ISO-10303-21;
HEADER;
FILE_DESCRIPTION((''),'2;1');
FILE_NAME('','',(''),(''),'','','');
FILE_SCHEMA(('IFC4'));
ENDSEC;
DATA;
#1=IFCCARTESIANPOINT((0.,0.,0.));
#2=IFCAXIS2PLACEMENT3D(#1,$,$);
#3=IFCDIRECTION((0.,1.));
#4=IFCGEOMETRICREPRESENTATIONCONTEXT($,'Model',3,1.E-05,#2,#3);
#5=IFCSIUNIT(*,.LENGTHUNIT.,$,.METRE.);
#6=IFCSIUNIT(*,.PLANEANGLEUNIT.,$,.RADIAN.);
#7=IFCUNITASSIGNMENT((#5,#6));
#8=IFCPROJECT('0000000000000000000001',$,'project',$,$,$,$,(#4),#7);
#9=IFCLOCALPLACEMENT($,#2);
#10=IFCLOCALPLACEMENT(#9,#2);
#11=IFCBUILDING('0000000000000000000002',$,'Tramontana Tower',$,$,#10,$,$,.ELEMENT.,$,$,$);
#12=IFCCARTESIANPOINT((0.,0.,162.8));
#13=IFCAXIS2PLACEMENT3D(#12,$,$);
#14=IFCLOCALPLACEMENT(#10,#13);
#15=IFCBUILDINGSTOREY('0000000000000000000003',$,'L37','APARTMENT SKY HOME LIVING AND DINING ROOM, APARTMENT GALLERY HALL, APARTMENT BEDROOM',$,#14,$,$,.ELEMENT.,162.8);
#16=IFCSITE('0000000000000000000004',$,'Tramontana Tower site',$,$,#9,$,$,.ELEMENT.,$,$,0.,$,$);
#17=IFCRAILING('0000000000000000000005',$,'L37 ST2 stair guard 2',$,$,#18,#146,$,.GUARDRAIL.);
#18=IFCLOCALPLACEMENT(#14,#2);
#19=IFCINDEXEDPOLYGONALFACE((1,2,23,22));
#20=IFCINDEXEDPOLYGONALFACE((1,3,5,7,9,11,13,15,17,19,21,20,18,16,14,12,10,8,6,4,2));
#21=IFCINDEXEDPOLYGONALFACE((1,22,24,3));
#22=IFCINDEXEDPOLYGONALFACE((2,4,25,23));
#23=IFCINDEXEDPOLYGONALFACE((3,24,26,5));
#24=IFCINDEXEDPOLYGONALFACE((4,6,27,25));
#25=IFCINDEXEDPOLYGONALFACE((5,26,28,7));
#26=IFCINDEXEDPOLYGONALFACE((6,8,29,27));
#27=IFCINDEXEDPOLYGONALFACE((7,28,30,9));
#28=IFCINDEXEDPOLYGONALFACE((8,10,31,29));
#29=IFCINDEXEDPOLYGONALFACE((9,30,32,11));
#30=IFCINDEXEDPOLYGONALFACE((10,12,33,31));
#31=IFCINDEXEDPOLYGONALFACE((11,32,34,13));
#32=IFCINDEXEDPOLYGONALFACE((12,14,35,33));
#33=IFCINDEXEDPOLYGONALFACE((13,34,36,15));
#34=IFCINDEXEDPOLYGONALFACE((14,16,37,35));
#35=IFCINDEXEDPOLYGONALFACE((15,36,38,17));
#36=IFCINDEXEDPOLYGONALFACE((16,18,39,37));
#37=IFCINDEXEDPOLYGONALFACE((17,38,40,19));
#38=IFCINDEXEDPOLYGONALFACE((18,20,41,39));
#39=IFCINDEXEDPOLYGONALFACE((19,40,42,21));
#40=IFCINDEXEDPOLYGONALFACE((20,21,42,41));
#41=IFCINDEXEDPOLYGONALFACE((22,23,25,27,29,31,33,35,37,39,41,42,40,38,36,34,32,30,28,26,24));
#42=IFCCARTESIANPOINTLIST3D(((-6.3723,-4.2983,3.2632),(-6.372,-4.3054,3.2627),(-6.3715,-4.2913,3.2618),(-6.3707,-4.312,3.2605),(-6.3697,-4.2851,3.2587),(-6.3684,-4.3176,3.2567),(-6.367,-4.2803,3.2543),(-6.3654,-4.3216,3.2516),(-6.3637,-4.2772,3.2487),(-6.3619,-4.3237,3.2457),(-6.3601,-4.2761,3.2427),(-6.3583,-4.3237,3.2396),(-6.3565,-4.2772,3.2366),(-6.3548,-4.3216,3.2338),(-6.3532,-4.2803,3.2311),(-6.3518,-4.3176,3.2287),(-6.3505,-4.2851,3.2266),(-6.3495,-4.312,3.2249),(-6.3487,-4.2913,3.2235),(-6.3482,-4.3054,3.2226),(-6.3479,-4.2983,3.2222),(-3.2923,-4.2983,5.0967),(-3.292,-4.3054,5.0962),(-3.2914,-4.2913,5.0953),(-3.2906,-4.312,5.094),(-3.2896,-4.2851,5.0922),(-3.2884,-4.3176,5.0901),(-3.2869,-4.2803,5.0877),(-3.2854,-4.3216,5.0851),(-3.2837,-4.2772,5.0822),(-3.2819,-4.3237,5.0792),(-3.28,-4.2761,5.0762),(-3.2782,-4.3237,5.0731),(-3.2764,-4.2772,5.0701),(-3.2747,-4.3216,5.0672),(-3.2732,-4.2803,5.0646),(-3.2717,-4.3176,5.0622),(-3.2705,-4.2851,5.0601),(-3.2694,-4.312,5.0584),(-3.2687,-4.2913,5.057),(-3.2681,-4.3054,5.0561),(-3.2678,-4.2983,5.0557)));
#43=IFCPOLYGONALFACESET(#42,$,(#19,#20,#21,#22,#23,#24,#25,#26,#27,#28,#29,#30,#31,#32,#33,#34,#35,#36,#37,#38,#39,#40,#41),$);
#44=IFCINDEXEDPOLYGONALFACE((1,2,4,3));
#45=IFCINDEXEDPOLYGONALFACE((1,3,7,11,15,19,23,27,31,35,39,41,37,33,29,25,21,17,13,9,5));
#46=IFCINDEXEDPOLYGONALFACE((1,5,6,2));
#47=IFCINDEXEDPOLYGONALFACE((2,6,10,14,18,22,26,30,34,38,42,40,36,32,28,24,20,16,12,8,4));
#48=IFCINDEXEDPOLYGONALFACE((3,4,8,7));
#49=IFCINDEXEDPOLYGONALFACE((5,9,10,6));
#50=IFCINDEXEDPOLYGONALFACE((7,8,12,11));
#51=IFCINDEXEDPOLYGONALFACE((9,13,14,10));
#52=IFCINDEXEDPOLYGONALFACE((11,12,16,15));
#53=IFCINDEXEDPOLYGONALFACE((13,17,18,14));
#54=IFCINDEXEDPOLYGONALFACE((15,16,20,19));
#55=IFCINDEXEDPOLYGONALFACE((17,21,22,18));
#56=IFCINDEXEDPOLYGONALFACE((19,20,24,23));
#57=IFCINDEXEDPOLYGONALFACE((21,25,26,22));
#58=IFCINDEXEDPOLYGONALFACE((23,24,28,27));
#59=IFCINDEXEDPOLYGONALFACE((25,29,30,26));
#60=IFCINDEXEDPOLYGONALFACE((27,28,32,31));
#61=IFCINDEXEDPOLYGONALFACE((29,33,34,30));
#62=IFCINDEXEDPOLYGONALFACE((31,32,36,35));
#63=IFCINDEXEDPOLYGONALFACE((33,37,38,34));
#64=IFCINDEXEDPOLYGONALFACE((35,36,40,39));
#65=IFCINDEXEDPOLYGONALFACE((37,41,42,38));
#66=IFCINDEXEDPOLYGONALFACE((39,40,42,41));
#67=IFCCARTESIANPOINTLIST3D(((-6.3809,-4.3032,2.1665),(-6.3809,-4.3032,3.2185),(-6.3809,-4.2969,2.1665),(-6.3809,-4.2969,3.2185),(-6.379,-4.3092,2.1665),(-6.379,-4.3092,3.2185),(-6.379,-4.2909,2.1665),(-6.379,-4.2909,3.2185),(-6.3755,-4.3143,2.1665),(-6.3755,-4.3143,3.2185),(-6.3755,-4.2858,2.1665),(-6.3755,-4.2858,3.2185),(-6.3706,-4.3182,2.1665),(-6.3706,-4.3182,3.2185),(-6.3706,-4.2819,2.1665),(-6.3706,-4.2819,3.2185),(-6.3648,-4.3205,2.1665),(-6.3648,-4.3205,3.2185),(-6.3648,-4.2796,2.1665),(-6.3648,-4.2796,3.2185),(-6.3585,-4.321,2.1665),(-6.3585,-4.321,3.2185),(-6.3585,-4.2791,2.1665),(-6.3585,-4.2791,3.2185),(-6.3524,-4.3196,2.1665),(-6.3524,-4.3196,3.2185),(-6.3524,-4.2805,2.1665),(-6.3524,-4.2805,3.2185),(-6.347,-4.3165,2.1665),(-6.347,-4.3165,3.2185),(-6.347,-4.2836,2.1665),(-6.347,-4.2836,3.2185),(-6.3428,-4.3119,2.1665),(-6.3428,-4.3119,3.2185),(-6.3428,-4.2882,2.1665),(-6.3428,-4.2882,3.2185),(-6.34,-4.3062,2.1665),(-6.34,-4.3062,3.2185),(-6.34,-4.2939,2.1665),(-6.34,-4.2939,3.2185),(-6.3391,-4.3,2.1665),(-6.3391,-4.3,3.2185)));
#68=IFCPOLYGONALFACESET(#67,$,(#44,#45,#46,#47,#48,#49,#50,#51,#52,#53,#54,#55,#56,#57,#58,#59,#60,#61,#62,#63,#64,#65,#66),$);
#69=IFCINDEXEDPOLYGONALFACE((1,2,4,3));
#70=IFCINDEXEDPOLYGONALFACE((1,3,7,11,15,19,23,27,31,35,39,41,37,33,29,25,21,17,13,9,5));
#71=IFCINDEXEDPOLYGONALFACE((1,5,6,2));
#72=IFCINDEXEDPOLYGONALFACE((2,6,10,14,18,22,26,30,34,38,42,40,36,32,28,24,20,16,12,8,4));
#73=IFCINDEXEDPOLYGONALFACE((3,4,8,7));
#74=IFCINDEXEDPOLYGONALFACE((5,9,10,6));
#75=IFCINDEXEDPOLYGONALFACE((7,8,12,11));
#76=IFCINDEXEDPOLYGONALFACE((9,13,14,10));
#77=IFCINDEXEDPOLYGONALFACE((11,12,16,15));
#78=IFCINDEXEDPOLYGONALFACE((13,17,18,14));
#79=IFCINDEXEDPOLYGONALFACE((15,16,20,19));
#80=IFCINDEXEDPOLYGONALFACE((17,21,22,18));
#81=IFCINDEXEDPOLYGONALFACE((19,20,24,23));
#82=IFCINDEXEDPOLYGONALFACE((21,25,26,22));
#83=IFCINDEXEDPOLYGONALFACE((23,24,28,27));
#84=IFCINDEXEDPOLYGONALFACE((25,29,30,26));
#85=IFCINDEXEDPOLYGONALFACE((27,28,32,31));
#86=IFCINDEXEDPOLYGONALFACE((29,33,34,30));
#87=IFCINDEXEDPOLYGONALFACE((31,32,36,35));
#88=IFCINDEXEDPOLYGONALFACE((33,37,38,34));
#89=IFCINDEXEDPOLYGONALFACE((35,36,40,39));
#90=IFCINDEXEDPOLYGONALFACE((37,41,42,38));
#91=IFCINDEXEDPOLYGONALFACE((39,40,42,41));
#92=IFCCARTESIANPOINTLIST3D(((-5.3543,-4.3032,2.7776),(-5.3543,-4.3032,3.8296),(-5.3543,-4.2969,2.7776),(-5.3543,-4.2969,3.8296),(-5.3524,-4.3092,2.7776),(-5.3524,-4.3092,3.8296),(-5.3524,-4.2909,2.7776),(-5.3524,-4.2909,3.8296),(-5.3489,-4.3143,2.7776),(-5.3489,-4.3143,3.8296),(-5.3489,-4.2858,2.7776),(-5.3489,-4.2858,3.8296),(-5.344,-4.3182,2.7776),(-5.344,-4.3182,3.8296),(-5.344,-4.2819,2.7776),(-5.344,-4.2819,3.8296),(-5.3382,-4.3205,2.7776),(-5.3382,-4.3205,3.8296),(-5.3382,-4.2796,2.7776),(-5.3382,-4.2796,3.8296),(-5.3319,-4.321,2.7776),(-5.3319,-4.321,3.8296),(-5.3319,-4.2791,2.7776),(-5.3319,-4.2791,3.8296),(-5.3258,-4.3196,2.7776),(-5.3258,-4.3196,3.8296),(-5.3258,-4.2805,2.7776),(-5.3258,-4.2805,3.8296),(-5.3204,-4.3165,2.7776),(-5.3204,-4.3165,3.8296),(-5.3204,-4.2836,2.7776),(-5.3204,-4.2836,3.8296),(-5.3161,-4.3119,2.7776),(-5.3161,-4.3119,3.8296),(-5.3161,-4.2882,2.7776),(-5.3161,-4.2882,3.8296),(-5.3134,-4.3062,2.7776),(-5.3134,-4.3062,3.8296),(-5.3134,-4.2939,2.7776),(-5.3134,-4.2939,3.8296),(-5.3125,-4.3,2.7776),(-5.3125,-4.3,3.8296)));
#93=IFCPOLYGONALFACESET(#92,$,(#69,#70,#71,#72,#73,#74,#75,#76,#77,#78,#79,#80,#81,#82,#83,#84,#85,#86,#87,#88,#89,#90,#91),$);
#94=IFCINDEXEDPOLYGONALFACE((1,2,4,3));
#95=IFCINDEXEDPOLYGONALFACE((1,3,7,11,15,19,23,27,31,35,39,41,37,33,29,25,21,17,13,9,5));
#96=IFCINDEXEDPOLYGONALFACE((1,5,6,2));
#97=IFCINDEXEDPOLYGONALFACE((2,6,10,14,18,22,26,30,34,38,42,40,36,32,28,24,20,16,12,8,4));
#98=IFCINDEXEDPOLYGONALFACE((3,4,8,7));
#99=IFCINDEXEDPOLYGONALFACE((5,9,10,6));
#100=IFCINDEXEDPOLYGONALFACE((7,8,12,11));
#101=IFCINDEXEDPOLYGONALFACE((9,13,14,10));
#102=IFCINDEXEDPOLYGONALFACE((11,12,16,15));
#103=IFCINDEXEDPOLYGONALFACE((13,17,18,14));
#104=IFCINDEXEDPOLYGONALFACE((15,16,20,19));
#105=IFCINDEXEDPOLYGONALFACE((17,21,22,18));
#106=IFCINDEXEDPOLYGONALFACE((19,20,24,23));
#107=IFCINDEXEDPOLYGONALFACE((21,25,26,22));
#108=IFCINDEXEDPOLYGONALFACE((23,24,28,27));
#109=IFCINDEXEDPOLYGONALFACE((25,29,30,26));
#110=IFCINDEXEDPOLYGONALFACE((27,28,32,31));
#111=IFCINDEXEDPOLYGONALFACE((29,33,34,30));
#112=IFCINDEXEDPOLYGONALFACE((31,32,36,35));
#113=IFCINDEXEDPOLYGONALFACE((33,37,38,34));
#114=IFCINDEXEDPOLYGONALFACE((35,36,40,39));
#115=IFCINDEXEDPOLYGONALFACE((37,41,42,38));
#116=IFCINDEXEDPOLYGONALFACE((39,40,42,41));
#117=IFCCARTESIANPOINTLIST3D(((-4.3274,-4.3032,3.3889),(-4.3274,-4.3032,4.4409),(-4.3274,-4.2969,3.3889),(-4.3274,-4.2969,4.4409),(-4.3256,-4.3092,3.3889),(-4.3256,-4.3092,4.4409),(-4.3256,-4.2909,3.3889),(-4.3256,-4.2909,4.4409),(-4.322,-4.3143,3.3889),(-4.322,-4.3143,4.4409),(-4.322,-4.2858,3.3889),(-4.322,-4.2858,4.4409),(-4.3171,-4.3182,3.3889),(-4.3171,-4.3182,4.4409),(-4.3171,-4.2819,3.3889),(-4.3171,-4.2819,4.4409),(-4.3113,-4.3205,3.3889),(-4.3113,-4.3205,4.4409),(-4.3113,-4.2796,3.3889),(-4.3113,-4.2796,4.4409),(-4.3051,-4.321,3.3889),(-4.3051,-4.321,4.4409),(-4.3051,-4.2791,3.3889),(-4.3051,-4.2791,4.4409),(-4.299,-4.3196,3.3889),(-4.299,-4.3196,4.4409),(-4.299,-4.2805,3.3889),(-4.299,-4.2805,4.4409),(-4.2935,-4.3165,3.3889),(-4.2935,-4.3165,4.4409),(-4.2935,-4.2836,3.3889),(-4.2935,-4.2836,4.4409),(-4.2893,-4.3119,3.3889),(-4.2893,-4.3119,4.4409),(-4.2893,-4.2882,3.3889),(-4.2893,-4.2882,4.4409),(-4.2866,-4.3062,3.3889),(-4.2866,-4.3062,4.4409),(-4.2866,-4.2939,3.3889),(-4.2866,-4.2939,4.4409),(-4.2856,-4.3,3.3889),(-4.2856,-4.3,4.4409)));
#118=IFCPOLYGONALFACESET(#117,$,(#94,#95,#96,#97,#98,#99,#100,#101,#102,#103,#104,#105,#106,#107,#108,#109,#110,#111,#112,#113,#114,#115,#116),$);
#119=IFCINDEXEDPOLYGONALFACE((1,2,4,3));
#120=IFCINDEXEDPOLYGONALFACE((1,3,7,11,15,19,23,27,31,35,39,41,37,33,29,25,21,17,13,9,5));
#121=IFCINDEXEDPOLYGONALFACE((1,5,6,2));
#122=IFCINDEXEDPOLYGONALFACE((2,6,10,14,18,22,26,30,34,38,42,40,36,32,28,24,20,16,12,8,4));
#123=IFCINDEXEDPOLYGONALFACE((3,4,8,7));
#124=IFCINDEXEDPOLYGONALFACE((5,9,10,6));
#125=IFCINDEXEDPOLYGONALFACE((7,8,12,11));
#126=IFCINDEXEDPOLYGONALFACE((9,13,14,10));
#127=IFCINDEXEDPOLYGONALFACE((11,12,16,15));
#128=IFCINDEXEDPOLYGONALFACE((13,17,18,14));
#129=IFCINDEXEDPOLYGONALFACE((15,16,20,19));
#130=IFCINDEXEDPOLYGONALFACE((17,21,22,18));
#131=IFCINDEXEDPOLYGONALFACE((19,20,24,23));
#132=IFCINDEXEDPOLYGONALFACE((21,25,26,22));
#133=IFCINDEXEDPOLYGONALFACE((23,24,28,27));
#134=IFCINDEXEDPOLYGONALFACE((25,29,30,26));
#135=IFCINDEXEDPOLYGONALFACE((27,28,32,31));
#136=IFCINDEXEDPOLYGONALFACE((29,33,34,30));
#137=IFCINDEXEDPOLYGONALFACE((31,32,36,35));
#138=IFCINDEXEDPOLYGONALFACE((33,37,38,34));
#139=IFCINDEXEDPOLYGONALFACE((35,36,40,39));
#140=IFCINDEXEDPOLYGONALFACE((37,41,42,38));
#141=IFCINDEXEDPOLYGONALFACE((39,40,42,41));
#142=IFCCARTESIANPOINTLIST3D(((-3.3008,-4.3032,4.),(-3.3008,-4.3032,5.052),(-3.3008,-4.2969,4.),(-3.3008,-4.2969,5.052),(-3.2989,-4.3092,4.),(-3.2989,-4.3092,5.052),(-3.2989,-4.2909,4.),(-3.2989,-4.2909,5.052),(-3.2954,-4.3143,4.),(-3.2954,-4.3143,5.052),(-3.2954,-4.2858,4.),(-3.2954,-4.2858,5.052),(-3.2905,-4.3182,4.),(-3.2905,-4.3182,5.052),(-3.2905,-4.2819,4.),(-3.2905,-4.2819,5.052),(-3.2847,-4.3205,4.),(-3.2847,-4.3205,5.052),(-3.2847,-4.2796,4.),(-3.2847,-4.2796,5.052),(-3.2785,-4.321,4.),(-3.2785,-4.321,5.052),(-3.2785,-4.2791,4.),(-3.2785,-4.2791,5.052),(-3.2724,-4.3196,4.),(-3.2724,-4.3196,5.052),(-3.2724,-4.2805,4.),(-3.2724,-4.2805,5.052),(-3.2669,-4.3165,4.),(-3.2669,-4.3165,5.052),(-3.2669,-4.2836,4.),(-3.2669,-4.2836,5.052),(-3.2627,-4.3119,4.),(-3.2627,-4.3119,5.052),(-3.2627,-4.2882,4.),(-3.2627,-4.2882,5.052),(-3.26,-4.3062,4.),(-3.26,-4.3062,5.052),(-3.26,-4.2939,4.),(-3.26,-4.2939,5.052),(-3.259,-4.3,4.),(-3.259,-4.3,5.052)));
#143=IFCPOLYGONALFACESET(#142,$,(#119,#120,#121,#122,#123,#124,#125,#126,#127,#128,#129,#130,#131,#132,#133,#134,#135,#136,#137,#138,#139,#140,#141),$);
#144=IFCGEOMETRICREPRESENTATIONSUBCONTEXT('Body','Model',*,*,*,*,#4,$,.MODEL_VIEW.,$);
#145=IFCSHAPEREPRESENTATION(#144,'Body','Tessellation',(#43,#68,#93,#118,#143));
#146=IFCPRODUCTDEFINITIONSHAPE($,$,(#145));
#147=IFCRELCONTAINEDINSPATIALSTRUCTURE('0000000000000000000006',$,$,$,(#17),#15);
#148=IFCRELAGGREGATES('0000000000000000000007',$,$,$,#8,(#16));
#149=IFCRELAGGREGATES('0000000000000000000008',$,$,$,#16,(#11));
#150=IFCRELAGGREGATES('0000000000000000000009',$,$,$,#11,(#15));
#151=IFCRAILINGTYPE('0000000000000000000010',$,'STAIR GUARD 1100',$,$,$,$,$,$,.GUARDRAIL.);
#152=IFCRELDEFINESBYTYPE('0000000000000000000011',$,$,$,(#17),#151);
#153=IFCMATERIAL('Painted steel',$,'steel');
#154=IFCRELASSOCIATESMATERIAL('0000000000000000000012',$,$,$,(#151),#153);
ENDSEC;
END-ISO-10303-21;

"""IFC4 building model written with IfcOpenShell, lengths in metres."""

from ifc_helpers import new_model, si_unit, direction, frame, origin, origin_2d, place, context, subcontext, project, spatial, circle, extrude, material, type_object, element, save


model = new_model("IFC4")

# Units and contexts
model_context = context("Model", 3, precision=1e-05, world=origin(), true_north=direction((0.0, 1.0)))
body_context = subcontext(model_context, "Body", "Model", "MODEL_VIEW")
ifc_project = project(units=[si_unit("LENGTHUNIT", "METRE"), si_unit("PLANEANGLEUNIT", "RADIAN")], contexts=[model_context])

# Site, building, storey
site_placement = place(None, origin())
site = spatial("IfcSite", under=ifc_project, at=site_placement, Name="Tramontana Tower site", CompositionType="ELEMENT", RefElevation=0.0)
building_placement = place(site_placement, origin())
building = spatial("IfcBuilding", under=site, at=building_placement, Name="Tramontana Tower", CompositionType="ELEMENT")
storey_placement = place(building_placement, frame((0.0, 0.0, 162.8)))
storey = spatial("IfcBuildingStorey", under=building, at=storey_placement, Name="L37", Description="APARTMENT SKY HOME LIVING AND DINING ROOM, APARTMENT GALLERY HALL, APARTMENT BEDROOM", CompositionType="ELEMENT", Elevation=162.8)

# Railing
ifc_material_1 = material(Name="Painted steel", Category="steel")
railing_type_1 = type_object("IfcRailingType", Name="STAIR GUARD 1100", PredefinedType="GUARDRAIL", material=ifc_material_1)
railing_1_placement = place(storey_placement, frame((-6.3601, -4.3, 2.1665)))
element("IfcRailing", 1, at=railing_1_placement, inside=storey, type_object=railing_type_1, Name="L37 ST2 stair guard 2", PredefinedType="GUARDRAIL", context=body_context, shape_type="SweptSolid", body=[
    extrude(circle(Radius=0.0239, at=origin_2d()), frame((0.0, 0.0, 1.0762), z_axis=(0.859279, 0.0, 0.511508), x_axis=(0.0, 1.0, 0.0)), (0.0, 0.0, 1.0), 3.5845),
    extrude(circle(Radius=0.021, at=origin_2d()), origin(), (0.0, 0.0, 1.0), 1.052),
    extrude(circle(Radius=0.021, at=origin_2d()), frame((1.0266, 0.0, 0.6111)), (0.0, 0.0, 1.0), 1.052),
    extrude(circle(Radius=0.021, at=origin_2d()), frame((2.0535, 0.0, 1.2224)), (0.0, 0.0, 1.0), 1.052),
    extrude(circle(Radius=0.021, at=origin_2d()), frame((3.0801, 0.0, 1.8335)), (0.0, 0.0, 1.0), 1.052),
])

save(model, "model.ifc")
